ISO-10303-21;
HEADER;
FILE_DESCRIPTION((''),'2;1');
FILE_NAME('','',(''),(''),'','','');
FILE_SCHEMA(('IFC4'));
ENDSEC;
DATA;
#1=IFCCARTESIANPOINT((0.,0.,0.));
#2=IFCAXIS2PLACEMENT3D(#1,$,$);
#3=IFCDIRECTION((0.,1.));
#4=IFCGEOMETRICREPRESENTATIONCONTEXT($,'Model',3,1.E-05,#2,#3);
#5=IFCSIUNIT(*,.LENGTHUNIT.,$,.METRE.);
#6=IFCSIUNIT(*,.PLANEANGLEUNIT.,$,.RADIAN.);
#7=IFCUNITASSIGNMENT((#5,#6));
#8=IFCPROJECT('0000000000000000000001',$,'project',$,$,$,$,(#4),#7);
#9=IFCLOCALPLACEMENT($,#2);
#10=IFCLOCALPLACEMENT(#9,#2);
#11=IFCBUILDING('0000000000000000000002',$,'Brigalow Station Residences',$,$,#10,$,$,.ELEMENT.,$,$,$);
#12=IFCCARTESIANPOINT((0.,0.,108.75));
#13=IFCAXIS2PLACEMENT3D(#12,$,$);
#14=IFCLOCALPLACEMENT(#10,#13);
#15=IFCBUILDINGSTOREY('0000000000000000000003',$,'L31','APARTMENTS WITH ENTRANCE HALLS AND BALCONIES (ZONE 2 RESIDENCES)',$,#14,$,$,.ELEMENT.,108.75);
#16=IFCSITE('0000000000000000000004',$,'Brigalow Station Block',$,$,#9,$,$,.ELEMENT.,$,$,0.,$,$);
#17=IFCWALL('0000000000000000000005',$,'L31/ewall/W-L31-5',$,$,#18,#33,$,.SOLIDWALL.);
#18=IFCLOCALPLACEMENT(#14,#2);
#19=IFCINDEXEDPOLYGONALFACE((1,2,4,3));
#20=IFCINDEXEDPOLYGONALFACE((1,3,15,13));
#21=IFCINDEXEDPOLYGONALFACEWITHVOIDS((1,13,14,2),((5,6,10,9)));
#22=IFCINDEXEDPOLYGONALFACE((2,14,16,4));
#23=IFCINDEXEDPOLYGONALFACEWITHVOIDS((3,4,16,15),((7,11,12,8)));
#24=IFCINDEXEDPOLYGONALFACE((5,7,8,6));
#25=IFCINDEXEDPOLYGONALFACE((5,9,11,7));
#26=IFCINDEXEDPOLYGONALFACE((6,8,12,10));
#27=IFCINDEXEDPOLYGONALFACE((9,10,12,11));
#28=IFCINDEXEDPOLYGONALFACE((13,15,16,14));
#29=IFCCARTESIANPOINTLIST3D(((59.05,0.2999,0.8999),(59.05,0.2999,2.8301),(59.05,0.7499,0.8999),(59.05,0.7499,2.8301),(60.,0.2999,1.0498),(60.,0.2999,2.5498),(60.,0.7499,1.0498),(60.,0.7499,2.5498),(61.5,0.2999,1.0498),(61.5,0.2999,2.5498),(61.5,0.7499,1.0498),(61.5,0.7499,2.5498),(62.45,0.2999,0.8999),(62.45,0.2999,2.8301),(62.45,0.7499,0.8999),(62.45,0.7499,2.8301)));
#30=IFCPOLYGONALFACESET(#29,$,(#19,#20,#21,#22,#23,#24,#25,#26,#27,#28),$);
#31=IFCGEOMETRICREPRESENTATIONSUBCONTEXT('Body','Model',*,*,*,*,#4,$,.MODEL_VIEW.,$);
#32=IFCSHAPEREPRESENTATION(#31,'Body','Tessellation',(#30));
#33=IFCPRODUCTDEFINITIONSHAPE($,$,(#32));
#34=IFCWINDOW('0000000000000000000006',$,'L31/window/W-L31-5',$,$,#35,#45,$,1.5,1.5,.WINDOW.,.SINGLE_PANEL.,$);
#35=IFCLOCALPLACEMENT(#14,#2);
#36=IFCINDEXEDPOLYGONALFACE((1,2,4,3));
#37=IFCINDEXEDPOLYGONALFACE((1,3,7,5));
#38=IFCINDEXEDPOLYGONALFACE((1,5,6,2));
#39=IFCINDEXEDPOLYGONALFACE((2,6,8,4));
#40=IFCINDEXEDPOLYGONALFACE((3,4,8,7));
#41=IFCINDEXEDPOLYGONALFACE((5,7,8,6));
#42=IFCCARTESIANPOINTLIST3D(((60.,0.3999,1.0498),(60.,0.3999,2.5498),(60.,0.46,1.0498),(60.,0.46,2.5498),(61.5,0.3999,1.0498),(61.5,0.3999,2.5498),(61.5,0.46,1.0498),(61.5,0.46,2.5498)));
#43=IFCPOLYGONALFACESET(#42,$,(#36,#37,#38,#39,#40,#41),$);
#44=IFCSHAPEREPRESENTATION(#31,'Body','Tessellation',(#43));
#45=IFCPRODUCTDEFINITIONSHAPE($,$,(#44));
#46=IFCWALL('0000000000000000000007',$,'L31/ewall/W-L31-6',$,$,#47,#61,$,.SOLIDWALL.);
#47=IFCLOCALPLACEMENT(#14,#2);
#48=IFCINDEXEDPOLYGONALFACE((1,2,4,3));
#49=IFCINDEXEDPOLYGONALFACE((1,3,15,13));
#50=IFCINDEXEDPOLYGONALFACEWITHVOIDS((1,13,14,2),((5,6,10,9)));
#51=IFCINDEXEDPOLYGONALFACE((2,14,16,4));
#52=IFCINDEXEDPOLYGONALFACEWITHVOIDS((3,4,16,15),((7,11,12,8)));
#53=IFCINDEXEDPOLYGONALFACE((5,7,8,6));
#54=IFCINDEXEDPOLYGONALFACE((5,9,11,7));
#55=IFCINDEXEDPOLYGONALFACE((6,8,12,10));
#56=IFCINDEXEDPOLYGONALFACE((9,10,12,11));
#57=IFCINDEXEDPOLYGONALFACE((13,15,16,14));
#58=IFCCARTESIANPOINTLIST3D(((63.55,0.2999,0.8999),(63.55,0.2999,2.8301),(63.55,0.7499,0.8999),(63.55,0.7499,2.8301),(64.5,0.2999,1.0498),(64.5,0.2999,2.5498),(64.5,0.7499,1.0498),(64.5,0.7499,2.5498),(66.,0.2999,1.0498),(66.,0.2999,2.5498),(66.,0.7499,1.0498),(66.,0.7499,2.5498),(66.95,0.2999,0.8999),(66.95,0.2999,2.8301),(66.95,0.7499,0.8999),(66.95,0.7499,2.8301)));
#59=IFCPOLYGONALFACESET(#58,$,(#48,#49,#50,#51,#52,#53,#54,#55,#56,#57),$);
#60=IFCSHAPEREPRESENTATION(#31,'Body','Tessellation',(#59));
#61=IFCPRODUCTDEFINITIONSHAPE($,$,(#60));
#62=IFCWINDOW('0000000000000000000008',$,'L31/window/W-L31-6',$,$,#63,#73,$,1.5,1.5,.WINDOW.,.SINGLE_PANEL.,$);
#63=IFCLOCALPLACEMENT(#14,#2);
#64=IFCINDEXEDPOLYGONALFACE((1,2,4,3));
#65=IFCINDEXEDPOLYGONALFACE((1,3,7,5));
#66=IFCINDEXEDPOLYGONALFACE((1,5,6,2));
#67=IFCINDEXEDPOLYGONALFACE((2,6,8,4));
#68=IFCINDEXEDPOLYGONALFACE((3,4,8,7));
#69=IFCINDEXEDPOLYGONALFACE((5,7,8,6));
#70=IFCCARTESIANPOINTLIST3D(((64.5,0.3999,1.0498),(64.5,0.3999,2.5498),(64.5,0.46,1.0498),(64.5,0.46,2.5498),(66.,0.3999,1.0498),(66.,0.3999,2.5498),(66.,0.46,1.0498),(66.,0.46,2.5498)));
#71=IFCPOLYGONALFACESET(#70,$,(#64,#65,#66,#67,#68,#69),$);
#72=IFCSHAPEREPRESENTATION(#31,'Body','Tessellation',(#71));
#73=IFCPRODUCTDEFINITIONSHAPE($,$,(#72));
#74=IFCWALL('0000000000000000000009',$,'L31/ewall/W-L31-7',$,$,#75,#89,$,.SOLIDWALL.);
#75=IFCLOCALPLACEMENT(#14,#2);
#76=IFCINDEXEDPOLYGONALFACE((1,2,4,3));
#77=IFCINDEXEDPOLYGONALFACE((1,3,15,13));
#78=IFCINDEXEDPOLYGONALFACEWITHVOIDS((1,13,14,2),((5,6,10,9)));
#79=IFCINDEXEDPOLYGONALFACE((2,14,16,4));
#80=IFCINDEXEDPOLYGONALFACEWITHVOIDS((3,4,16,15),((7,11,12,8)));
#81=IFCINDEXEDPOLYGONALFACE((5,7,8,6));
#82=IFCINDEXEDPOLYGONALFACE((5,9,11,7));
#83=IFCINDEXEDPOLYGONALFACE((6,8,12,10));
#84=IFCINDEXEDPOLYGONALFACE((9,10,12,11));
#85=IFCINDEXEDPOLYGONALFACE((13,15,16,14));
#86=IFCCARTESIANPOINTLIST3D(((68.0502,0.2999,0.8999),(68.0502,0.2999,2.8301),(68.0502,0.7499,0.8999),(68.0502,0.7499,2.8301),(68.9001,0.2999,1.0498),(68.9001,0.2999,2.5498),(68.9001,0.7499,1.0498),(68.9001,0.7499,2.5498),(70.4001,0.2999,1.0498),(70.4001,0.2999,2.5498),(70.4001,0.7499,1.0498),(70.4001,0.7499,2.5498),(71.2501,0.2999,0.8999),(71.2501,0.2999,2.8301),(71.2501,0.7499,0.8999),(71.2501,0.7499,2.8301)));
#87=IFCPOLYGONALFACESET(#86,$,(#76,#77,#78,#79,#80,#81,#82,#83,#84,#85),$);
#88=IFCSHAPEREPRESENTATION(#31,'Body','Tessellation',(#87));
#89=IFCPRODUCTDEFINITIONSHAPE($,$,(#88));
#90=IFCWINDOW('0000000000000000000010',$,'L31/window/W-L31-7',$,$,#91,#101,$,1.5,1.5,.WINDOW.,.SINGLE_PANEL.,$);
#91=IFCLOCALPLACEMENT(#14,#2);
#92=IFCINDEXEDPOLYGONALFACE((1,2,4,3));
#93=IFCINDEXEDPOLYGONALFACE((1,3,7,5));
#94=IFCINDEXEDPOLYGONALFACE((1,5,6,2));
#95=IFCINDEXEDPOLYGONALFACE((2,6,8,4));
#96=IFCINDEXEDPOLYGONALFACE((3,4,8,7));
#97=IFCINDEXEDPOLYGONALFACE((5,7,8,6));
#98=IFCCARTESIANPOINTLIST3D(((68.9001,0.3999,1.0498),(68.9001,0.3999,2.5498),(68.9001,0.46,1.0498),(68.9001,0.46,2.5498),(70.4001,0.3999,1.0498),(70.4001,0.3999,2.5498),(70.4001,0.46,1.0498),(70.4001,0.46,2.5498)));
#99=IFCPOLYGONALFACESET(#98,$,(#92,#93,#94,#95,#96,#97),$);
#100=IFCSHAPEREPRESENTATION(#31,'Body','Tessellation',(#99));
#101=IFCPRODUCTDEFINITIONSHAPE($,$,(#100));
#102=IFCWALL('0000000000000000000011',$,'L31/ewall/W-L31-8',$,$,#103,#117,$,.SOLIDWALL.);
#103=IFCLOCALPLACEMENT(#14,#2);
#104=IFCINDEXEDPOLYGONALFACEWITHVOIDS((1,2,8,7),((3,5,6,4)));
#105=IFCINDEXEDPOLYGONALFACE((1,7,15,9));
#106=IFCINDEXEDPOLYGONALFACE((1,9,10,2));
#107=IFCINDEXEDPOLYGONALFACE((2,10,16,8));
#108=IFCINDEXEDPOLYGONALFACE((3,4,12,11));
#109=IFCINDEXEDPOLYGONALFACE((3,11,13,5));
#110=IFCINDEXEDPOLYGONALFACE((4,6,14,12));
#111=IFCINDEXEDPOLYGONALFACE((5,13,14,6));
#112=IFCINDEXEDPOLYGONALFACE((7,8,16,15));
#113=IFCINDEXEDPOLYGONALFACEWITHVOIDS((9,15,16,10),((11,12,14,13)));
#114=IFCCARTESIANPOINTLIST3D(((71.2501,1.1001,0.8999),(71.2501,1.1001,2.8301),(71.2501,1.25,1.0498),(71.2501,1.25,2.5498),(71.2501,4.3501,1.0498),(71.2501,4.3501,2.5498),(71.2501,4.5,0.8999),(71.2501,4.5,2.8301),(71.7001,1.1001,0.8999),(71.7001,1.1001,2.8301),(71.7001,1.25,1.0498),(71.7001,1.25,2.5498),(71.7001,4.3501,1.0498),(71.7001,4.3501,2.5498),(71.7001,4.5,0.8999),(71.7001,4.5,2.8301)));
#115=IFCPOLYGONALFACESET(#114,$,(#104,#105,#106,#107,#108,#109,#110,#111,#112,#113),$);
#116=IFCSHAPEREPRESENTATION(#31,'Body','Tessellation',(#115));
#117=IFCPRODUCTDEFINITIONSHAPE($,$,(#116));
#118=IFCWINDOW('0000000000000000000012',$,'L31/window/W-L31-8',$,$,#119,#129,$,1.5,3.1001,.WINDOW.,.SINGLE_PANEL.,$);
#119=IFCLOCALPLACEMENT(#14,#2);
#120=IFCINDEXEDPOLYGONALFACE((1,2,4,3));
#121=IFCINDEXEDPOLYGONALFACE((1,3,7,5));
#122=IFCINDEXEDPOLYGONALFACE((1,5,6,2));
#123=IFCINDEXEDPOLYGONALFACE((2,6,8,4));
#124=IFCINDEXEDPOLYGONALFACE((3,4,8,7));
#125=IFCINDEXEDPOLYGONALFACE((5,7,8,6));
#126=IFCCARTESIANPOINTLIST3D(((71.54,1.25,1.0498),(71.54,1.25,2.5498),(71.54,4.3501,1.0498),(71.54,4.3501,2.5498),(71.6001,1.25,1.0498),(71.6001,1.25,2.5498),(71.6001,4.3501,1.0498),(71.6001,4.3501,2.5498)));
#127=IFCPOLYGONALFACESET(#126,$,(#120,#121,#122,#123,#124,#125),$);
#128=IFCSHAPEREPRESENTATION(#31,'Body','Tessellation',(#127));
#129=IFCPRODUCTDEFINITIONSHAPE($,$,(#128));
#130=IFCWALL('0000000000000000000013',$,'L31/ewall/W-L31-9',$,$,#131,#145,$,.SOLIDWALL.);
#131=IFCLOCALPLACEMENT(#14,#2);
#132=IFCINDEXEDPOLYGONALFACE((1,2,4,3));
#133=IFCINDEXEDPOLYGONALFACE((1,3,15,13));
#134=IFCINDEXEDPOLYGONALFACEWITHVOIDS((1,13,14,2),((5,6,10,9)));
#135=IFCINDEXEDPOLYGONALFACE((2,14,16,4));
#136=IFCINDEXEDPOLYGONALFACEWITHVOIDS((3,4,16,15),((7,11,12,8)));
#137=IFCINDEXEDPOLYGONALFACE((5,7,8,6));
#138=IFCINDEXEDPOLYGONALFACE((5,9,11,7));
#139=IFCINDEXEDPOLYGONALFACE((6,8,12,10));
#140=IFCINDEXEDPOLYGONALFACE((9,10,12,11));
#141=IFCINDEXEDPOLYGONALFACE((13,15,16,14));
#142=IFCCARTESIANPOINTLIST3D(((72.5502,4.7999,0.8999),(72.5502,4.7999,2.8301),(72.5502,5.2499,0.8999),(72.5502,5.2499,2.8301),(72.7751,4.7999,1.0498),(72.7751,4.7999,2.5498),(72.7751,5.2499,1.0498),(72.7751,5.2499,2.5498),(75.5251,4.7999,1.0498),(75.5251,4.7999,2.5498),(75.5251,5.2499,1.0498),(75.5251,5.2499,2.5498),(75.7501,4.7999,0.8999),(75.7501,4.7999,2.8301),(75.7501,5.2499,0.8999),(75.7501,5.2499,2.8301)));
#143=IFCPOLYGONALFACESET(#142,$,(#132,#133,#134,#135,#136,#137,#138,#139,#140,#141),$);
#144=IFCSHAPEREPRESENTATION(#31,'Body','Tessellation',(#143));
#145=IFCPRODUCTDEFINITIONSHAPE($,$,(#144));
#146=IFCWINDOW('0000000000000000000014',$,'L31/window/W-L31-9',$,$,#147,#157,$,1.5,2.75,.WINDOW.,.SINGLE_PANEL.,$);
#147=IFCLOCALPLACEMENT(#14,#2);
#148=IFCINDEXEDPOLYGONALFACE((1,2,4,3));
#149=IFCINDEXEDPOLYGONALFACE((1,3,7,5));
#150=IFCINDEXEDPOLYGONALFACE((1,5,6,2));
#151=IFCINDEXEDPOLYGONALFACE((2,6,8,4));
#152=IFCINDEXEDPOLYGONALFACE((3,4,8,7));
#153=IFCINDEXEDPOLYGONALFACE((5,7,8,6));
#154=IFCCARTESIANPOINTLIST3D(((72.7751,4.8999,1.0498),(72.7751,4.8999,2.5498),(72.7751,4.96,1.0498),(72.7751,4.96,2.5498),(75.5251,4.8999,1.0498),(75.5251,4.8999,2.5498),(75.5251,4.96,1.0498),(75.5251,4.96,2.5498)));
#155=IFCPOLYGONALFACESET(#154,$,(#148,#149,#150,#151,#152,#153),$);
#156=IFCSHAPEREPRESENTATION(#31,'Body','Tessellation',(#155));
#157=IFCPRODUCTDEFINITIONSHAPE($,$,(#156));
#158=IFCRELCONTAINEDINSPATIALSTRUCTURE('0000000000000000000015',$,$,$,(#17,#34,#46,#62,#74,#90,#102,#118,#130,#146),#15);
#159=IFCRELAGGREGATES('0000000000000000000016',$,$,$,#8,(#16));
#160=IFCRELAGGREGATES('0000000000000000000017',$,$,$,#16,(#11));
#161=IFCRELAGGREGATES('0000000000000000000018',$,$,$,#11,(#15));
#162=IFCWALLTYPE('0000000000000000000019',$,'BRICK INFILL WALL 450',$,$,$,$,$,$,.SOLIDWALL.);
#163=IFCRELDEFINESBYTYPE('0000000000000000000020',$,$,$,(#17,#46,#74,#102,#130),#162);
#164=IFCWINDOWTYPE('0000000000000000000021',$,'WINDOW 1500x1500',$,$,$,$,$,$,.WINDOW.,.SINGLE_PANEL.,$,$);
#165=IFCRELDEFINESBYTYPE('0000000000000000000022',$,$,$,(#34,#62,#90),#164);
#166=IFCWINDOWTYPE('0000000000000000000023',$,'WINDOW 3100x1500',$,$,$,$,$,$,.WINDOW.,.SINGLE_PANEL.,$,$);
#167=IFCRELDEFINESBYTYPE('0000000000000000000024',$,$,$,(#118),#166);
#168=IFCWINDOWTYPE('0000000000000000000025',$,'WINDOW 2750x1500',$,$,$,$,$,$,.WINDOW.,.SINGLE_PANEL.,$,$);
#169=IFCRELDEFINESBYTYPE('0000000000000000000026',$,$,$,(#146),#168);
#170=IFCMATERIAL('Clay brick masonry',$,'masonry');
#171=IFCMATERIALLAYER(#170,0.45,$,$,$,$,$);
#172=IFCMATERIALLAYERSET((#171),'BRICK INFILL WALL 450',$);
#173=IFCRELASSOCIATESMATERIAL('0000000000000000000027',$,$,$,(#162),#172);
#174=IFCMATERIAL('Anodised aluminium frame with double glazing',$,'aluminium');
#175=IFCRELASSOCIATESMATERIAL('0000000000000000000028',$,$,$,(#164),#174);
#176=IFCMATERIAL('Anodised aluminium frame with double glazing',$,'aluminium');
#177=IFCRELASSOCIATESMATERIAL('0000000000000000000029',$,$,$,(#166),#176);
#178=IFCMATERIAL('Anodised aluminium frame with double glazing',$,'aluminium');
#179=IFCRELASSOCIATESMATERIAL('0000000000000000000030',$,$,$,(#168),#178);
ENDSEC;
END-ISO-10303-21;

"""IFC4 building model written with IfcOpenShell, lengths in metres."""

from ifc_helpers import new_model, si_unit, direction, frame, frame_2d, origin, place, context, subcontext, project, spatial, rectangle, extrude, material, layer, layer_set, type_object, element, fill, save


model = new_model("IFC4")

# Units and contexts
model_context = context("Model", 3, precision=1e-05, world=origin(), true_north=direction((0.0, 1.0)))
body_context = subcontext(model_context, "Body", "Model", "MODEL_VIEW")
ifc_project = project(units=[si_unit("LENGTHUNIT", "METRE"), si_unit("PLANEANGLEUNIT", "RADIAN")], contexts=[model_context])

# Site, building, storey
site_placement = place(None, origin())
site = spatial("IfcSite", under=ifc_project, at=site_placement, Name="Brigalow Station Block", CompositionType="ELEMENT", RefElevation=0.0)
building_placement = place(site_placement, origin())
building = spatial("IfcBuilding", under=site, at=building_placement, Name="Brigalow Station Residences", CompositionType="ELEMENT")
storey_placement = place(building_placement, frame((0.0, 0.0, 108.75)))
storey = spatial("IfcBuildingStorey", under=building, at=storey_placement, Name="L31", Description="APARTMENTS WITH ENTRANCE HALLS AND BALCONIES (ZONE 2 RESIDENCES)", CompositionType="ELEMENT", Elevation=108.75)

# Walls, openings, windows
ifc_material_1 = material(Name="Clay brick masonry", Category="masonry")
ifc_layer_1 = layer(ifc_material_1, 0.45)
ifc_layer_set_1 = layer_set([ifc_layer_1], Name="BRICK INFILL WALL 450")
wall_type_1 = type_object("IfcWallType", Name="BRICK INFILL WALL 450", PredefinedType="SOLIDWALL", material=ifc_layer_set_1)
wall_1_placement = place(storey_placement, frame((59.05, 0.5249, 0.8999), z_axis=(0.0, 0.0, 1.0), x_axis=(1.0, 0.0, 0.0)))
wall_1 = element("IfcWall", 1, at=wall_1_placement, inside=storey, type_object=wall_type_1, Name="L31/ewall/W-L31-5", PredefinedType="SOLIDWALL", context=body_context, shape_type="SweptSolid", body=[
    extrude(rectangle(XDim=3.3999, YDim=0.45, at=frame_2d((1.7, 0.0))), origin(), (0.0, 0.0, 1.0), 1.9302),
])
opening_1_placement = place(wall_1_placement, frame((0.95, 0.0, 0.1499)))
opening_1 = element("IfcOpeningElement", 2, at=opening_1_placement, cuts=wall_1, PredefinedType="OPENING", context=body_context, shape_type="SweptSolid", body=[
    extrude(rectangle(XDim=1.5, YDim=1.5, at=frame_2d((0.75, 0.75))), frame((0.0, 0.2349, 0.0), z_axis=(0.0, -1.0, 0.0), x_axis=(1.0, 0.0, 0.0)), (0.0, 0.0, 1.0), 0.47),
])
ifc_material_2 = material(Name="Anodised aluminium frame with double glazing", Category="aluminium")
window_type_1 = type_object("IfcWindowType", Name="WINDOW 1500x1500", PartitioningType="SINGLE_PANEL", PredefinedType="WINDOW", material=ifc_material_2)
window_1_placement = place(opening_1_placement, origin())
window_1 = element("IfcWindow", 3, at=window_1_placement, inside=storey, type_object=window_type_1, Name="L31/window/W-L31-5", OverallHeight=1.5, OverallWidth=1.5, PartitioningType="SINGLE_PANEL", PredefinedType="WINDOW", context=body_context, shape_type="SweptSolid", body=[
    extrude(rectangle(XDim=1.5, YDim=1.5, at=frame_2d((0.75, 0.75))), frame((0.0, -0.0649, 0.0), z_axis=(0.0, -1.0, 0.0), x_axis=(1.0, 0.0, 0.0)), (0.0, 0.0, 1.0), 0.0601),
])
fill(opening_1, window_1)
wall_2_placement = place(storey_placement, frame((63.55, 0.5249, 0.8999), z_axis=(0.0, 0.0, 1.0), x_axis=(1.0, 0.0, 0.0)))
wall_2 = element("IfcWall", 4, at=wall_2_placement, inside=storey, type_object=wall_type_1, Name="L31/ewall/W-L31-6", PredefinedType="SOLIDWALL", context=body_context, shape_type="SweptSolid", body=[
    extrude(rectangle(XDim=3.3999, YDim=0.45, at=frame_2d((1.7, 0.0))), origin(), (0.0, 0.0, 1.0), 1.9302),
])
opening_2_placement = place(wall_2_placement, frame((0.95, 0.0, 0.1499)))
opening_2 = element("IfcOpeningElement", 5, at=opening_2_placement, cuts=wall_2, PredefinedType="OPENING", context=body_context, shape_type="SweptSolid", body=[
    extrude(rectangle(XDim=1.5, YDim=1.5, at=frame_2d((0.75, 0.75))), frame((0.0, 0.2349, 0.0), z_axis=(0.0, -1.0, 0.0), x_axis=(1.0, 0.0, 0.0)), (0.0, 0.0, 1.0), 0.47),
])
window_2_placement = place(opening_2_placement, origin())
window_2 = element("IfcWindow", 6, at=window_2_placement, inside=storey, type_object=window_type_1, Name="L31/window/W-L31-6", OverallHeight=1.5, OverallWidth=1.5, PartitioningType="SINGLE_PANEL", PredefinedType="WINDOW", context=body_context, shape_type="SweptSolid", body=[
    extrude(rectangle(XDim=1.5, YDim=1.5, at=frame_2d((0.75, 0.75))), frame((0.0, -0.0649, 0.0), z_axis=(0.0, -1.0, 0.0), x_axis=(1.0, 0.0, 0.0)), (0.0, 0.0, 1.0), 0.0601),
])
fill(opening_2, window_2)
wall_3_placement = place(storey_placement, frame((68.05, 0.5249, 0.8999), z_axis=(0.0, 0.0, 1.0), x_axis=(1.0, 0.0, 0.0)))
wall_3 = element("IfcWall", 7, at=wall_3_placement, inside=storey, type_object=wall_type_1, Name="L31/ewall/W-L31-7", PredefinedType="SOLIDWALL", context=body_context, shape_type="SweptSolid", body=[
    extrude(rectangle(XDim=3.2, YDim=0.45, at=frame_2d((1.6001, 0.0))), origin(), (0.0, 0.0, 1.0), 1.9302),
])
opening_3_placement = place(wall_3_placement, frame((0.8501, 0.0, 0.1499)))
opening_3 = element("IfcOpeningElement", 8, at=opening_3_placement, cuts=wall_3, PredefinedType="OPENING", context=body_context, shape_type="SweptSolid", body=[
    extrude(rectangle(XDim=1.5, YDim=1.5, at=frame_2d((0.75, 0.75))), frame((0.0, 0.2349, 0.0), z_axis=(0.0, -1.0, 0.0), x_axis=(1.0, 0.0, 0.0)), (0.0, 0.0, 1.0), 0.47),
])
window_3_placement = place(opening_3_placement, origin())
window_3 = element("IfcWindow", 9, at=window_3_placement, inside=storey, type_object=window_type_1, Name="L31/window/W-L31-7", OverallHeight=1.5, OverallWidth=1.5, PartitioningType="SINGLE_PANEL", PredefinedType="WINDOW", context=body_context, shape_type="SweptSolid", body=[
    extrude(rectangle(XDim=1.5, YDim=1.5, at=frame_2d((0.75, 0.75))), frame((0.0, -0.0649, 0.0), z_axis=(0.0, -1.0, 0.0), x_axis=(1.0, 0.0, 0.0)), (0.0, 0.0, 1.0), 0.0601),
])
fill(opening_3, window_3)
wall_4_placement = place(storey_placement, frame((71.4751, 1.1001, 0.8999), z_axis=(0.0, 0.0, 1.0), x_axis=(0.0, 1.0, 0.0)))
wall_4 = element("IfcWall", 10, at=wall_4_placement, inside=storey, type_object=wall_type_1, Name="L31/ewall/W-L31-8", PredefinedType="SOLIDWALL", context=body_context, shape_type="SweptSolid", body=[
    extrude(rectangle(XDim=3.3999, YDim=0.45, at=frame_2d((1.7, 0.0))), origin(), (0.0, 0.0, 1.0), 1.9302),
])
opening_4_placement = place(wall_4_placement, frame((0.1499, 0.0, 0.1499)))
opening_4 = element("IfcOpeningElement", 11, at=opening_4_placement, cuts=wall_4, PredefinedType="OPENING", context=body_context, shape_type="SweptSolid", body=[
    extrude(rectangle(XDim=3.1001, YDim=1.5, at=frame_2d((1.55, 0.75))), frame((0.0, 0.2349, 0.0), z_axis=(0.0, -1.0, 0.0), x_axis=(1.0, 0.0, 0.0)), (0.0, 0.0, 1.0), 0.47),
])
ifc_material_3 = material(Name="Anodised aluminium frame with double glazing", Category="aluminium")
window_type_2 = type_object("IfcWindowType", Name="WINDOW 3100x1500", PartitioningType="SINGLE_PANEL", PredefinedType="WINDOW", material=ifc_material_3)
window_4_placement = place(opening_4_placement, origin())
window_4 = element("IfcWindow", 12, at=window_4_placement, inside=storey, type_object=window_type_2, Name="L31/window/W-L31-8", OverallHeight=1.5, OverallWidth=3.1001, PartitioningType="SINGLE_PANEL", PredefinedType="WINDOW", context=body_context, shape_type="SweptSolid", body=[
    extrude(rectangle(XDim=3.1001, YDim=1.5, at=frame_2d((1.55, 0.75))), frame((0.0, -0.0649, 0.0), z_axis=(0.0, -1.0, 0.0), x_axis=(1.0, 0.0, 0.0)), (0.0, 0.0, 1.0), 0.0601),
])
fill(opening_4, window_4)
wall_5_placement = place(storey_placement, frame((72.55, 5.0249, 0.8999), z_axis=(0.0, 0.0, 1.0), x_axis=(1.0, 0.0, 0.0)))
wall_5 = element("IfcWall", 13, at=wall_5_placement, inside=storey, type_object=wall_type_1, Name="L31/ewall/W-L31-9", PredefinedType="SOLIDWALL", context=body_context, shape_type="SweptSolid", body=[
    extrude(rectangle(XDim=3.2, YDim=0.45, at=frame_2d((1.6001, 0.0))), origin(), (0.0, 0.0, 1.0), 1.9302),
])
opening_5_placement = place(wall_5_placement, frame((0.2251, 0.0, 0.1499)))
opening_5 = element("IfcOpeningElement", 14, at=opening_5_placement, cuts=wall_5, PredefinedType="OPENING", context=body_context, shape_type="SweptSolid", body=[
    extrude(rectangle(XDim=2.75, YDim=1.5, at=frame_2d((1.375, 0.75))), frame((0.0, 0.2349, 0.0), z_axis=(0.0, -1.0, 0.0), x_axis=(1.0, 0.0, 0.0)), (0.0, 0.0, 1.0), 0.47),
])
ifc_material_4 = material(Name="Anodised aluminium frame with double glazing", Category="aluminium")
window_type_3 = type_object("IfcWindowType", Name="WINDOW 2750x1500", PartitioningType="SINGLE_PANEL", PredefinedType="WINDOW", material=ifc_material_4)
window_5_placement = place(opening_5_placement, origin())
window_5 = element("IfcWindow", 15, at=window_5_placement, inside=storey, type_object=window_type_3, Name="L31/window/W-L31-9", OverallHeight=1.5, OverallWidth=2.75, PartitioningType="SINGLE_PANEL", PredefinedType="WINDOW", context=body_context, shape_type="SweptSolid", body=[
    extrude(rectangle(XDim=2.75, YDim=1.5, at=frame_2d((1.375, 0.75))), frame((0.0, -0.0649, 0.0), z_axis=(0.0, -1.0, 0.0), x_axis=(1.0, 0.0, 0.0)), (0.0, 0.0, 1.0), 0.0601),
])
fill(opening_5, window_5)

save(model, "model.ifc")
